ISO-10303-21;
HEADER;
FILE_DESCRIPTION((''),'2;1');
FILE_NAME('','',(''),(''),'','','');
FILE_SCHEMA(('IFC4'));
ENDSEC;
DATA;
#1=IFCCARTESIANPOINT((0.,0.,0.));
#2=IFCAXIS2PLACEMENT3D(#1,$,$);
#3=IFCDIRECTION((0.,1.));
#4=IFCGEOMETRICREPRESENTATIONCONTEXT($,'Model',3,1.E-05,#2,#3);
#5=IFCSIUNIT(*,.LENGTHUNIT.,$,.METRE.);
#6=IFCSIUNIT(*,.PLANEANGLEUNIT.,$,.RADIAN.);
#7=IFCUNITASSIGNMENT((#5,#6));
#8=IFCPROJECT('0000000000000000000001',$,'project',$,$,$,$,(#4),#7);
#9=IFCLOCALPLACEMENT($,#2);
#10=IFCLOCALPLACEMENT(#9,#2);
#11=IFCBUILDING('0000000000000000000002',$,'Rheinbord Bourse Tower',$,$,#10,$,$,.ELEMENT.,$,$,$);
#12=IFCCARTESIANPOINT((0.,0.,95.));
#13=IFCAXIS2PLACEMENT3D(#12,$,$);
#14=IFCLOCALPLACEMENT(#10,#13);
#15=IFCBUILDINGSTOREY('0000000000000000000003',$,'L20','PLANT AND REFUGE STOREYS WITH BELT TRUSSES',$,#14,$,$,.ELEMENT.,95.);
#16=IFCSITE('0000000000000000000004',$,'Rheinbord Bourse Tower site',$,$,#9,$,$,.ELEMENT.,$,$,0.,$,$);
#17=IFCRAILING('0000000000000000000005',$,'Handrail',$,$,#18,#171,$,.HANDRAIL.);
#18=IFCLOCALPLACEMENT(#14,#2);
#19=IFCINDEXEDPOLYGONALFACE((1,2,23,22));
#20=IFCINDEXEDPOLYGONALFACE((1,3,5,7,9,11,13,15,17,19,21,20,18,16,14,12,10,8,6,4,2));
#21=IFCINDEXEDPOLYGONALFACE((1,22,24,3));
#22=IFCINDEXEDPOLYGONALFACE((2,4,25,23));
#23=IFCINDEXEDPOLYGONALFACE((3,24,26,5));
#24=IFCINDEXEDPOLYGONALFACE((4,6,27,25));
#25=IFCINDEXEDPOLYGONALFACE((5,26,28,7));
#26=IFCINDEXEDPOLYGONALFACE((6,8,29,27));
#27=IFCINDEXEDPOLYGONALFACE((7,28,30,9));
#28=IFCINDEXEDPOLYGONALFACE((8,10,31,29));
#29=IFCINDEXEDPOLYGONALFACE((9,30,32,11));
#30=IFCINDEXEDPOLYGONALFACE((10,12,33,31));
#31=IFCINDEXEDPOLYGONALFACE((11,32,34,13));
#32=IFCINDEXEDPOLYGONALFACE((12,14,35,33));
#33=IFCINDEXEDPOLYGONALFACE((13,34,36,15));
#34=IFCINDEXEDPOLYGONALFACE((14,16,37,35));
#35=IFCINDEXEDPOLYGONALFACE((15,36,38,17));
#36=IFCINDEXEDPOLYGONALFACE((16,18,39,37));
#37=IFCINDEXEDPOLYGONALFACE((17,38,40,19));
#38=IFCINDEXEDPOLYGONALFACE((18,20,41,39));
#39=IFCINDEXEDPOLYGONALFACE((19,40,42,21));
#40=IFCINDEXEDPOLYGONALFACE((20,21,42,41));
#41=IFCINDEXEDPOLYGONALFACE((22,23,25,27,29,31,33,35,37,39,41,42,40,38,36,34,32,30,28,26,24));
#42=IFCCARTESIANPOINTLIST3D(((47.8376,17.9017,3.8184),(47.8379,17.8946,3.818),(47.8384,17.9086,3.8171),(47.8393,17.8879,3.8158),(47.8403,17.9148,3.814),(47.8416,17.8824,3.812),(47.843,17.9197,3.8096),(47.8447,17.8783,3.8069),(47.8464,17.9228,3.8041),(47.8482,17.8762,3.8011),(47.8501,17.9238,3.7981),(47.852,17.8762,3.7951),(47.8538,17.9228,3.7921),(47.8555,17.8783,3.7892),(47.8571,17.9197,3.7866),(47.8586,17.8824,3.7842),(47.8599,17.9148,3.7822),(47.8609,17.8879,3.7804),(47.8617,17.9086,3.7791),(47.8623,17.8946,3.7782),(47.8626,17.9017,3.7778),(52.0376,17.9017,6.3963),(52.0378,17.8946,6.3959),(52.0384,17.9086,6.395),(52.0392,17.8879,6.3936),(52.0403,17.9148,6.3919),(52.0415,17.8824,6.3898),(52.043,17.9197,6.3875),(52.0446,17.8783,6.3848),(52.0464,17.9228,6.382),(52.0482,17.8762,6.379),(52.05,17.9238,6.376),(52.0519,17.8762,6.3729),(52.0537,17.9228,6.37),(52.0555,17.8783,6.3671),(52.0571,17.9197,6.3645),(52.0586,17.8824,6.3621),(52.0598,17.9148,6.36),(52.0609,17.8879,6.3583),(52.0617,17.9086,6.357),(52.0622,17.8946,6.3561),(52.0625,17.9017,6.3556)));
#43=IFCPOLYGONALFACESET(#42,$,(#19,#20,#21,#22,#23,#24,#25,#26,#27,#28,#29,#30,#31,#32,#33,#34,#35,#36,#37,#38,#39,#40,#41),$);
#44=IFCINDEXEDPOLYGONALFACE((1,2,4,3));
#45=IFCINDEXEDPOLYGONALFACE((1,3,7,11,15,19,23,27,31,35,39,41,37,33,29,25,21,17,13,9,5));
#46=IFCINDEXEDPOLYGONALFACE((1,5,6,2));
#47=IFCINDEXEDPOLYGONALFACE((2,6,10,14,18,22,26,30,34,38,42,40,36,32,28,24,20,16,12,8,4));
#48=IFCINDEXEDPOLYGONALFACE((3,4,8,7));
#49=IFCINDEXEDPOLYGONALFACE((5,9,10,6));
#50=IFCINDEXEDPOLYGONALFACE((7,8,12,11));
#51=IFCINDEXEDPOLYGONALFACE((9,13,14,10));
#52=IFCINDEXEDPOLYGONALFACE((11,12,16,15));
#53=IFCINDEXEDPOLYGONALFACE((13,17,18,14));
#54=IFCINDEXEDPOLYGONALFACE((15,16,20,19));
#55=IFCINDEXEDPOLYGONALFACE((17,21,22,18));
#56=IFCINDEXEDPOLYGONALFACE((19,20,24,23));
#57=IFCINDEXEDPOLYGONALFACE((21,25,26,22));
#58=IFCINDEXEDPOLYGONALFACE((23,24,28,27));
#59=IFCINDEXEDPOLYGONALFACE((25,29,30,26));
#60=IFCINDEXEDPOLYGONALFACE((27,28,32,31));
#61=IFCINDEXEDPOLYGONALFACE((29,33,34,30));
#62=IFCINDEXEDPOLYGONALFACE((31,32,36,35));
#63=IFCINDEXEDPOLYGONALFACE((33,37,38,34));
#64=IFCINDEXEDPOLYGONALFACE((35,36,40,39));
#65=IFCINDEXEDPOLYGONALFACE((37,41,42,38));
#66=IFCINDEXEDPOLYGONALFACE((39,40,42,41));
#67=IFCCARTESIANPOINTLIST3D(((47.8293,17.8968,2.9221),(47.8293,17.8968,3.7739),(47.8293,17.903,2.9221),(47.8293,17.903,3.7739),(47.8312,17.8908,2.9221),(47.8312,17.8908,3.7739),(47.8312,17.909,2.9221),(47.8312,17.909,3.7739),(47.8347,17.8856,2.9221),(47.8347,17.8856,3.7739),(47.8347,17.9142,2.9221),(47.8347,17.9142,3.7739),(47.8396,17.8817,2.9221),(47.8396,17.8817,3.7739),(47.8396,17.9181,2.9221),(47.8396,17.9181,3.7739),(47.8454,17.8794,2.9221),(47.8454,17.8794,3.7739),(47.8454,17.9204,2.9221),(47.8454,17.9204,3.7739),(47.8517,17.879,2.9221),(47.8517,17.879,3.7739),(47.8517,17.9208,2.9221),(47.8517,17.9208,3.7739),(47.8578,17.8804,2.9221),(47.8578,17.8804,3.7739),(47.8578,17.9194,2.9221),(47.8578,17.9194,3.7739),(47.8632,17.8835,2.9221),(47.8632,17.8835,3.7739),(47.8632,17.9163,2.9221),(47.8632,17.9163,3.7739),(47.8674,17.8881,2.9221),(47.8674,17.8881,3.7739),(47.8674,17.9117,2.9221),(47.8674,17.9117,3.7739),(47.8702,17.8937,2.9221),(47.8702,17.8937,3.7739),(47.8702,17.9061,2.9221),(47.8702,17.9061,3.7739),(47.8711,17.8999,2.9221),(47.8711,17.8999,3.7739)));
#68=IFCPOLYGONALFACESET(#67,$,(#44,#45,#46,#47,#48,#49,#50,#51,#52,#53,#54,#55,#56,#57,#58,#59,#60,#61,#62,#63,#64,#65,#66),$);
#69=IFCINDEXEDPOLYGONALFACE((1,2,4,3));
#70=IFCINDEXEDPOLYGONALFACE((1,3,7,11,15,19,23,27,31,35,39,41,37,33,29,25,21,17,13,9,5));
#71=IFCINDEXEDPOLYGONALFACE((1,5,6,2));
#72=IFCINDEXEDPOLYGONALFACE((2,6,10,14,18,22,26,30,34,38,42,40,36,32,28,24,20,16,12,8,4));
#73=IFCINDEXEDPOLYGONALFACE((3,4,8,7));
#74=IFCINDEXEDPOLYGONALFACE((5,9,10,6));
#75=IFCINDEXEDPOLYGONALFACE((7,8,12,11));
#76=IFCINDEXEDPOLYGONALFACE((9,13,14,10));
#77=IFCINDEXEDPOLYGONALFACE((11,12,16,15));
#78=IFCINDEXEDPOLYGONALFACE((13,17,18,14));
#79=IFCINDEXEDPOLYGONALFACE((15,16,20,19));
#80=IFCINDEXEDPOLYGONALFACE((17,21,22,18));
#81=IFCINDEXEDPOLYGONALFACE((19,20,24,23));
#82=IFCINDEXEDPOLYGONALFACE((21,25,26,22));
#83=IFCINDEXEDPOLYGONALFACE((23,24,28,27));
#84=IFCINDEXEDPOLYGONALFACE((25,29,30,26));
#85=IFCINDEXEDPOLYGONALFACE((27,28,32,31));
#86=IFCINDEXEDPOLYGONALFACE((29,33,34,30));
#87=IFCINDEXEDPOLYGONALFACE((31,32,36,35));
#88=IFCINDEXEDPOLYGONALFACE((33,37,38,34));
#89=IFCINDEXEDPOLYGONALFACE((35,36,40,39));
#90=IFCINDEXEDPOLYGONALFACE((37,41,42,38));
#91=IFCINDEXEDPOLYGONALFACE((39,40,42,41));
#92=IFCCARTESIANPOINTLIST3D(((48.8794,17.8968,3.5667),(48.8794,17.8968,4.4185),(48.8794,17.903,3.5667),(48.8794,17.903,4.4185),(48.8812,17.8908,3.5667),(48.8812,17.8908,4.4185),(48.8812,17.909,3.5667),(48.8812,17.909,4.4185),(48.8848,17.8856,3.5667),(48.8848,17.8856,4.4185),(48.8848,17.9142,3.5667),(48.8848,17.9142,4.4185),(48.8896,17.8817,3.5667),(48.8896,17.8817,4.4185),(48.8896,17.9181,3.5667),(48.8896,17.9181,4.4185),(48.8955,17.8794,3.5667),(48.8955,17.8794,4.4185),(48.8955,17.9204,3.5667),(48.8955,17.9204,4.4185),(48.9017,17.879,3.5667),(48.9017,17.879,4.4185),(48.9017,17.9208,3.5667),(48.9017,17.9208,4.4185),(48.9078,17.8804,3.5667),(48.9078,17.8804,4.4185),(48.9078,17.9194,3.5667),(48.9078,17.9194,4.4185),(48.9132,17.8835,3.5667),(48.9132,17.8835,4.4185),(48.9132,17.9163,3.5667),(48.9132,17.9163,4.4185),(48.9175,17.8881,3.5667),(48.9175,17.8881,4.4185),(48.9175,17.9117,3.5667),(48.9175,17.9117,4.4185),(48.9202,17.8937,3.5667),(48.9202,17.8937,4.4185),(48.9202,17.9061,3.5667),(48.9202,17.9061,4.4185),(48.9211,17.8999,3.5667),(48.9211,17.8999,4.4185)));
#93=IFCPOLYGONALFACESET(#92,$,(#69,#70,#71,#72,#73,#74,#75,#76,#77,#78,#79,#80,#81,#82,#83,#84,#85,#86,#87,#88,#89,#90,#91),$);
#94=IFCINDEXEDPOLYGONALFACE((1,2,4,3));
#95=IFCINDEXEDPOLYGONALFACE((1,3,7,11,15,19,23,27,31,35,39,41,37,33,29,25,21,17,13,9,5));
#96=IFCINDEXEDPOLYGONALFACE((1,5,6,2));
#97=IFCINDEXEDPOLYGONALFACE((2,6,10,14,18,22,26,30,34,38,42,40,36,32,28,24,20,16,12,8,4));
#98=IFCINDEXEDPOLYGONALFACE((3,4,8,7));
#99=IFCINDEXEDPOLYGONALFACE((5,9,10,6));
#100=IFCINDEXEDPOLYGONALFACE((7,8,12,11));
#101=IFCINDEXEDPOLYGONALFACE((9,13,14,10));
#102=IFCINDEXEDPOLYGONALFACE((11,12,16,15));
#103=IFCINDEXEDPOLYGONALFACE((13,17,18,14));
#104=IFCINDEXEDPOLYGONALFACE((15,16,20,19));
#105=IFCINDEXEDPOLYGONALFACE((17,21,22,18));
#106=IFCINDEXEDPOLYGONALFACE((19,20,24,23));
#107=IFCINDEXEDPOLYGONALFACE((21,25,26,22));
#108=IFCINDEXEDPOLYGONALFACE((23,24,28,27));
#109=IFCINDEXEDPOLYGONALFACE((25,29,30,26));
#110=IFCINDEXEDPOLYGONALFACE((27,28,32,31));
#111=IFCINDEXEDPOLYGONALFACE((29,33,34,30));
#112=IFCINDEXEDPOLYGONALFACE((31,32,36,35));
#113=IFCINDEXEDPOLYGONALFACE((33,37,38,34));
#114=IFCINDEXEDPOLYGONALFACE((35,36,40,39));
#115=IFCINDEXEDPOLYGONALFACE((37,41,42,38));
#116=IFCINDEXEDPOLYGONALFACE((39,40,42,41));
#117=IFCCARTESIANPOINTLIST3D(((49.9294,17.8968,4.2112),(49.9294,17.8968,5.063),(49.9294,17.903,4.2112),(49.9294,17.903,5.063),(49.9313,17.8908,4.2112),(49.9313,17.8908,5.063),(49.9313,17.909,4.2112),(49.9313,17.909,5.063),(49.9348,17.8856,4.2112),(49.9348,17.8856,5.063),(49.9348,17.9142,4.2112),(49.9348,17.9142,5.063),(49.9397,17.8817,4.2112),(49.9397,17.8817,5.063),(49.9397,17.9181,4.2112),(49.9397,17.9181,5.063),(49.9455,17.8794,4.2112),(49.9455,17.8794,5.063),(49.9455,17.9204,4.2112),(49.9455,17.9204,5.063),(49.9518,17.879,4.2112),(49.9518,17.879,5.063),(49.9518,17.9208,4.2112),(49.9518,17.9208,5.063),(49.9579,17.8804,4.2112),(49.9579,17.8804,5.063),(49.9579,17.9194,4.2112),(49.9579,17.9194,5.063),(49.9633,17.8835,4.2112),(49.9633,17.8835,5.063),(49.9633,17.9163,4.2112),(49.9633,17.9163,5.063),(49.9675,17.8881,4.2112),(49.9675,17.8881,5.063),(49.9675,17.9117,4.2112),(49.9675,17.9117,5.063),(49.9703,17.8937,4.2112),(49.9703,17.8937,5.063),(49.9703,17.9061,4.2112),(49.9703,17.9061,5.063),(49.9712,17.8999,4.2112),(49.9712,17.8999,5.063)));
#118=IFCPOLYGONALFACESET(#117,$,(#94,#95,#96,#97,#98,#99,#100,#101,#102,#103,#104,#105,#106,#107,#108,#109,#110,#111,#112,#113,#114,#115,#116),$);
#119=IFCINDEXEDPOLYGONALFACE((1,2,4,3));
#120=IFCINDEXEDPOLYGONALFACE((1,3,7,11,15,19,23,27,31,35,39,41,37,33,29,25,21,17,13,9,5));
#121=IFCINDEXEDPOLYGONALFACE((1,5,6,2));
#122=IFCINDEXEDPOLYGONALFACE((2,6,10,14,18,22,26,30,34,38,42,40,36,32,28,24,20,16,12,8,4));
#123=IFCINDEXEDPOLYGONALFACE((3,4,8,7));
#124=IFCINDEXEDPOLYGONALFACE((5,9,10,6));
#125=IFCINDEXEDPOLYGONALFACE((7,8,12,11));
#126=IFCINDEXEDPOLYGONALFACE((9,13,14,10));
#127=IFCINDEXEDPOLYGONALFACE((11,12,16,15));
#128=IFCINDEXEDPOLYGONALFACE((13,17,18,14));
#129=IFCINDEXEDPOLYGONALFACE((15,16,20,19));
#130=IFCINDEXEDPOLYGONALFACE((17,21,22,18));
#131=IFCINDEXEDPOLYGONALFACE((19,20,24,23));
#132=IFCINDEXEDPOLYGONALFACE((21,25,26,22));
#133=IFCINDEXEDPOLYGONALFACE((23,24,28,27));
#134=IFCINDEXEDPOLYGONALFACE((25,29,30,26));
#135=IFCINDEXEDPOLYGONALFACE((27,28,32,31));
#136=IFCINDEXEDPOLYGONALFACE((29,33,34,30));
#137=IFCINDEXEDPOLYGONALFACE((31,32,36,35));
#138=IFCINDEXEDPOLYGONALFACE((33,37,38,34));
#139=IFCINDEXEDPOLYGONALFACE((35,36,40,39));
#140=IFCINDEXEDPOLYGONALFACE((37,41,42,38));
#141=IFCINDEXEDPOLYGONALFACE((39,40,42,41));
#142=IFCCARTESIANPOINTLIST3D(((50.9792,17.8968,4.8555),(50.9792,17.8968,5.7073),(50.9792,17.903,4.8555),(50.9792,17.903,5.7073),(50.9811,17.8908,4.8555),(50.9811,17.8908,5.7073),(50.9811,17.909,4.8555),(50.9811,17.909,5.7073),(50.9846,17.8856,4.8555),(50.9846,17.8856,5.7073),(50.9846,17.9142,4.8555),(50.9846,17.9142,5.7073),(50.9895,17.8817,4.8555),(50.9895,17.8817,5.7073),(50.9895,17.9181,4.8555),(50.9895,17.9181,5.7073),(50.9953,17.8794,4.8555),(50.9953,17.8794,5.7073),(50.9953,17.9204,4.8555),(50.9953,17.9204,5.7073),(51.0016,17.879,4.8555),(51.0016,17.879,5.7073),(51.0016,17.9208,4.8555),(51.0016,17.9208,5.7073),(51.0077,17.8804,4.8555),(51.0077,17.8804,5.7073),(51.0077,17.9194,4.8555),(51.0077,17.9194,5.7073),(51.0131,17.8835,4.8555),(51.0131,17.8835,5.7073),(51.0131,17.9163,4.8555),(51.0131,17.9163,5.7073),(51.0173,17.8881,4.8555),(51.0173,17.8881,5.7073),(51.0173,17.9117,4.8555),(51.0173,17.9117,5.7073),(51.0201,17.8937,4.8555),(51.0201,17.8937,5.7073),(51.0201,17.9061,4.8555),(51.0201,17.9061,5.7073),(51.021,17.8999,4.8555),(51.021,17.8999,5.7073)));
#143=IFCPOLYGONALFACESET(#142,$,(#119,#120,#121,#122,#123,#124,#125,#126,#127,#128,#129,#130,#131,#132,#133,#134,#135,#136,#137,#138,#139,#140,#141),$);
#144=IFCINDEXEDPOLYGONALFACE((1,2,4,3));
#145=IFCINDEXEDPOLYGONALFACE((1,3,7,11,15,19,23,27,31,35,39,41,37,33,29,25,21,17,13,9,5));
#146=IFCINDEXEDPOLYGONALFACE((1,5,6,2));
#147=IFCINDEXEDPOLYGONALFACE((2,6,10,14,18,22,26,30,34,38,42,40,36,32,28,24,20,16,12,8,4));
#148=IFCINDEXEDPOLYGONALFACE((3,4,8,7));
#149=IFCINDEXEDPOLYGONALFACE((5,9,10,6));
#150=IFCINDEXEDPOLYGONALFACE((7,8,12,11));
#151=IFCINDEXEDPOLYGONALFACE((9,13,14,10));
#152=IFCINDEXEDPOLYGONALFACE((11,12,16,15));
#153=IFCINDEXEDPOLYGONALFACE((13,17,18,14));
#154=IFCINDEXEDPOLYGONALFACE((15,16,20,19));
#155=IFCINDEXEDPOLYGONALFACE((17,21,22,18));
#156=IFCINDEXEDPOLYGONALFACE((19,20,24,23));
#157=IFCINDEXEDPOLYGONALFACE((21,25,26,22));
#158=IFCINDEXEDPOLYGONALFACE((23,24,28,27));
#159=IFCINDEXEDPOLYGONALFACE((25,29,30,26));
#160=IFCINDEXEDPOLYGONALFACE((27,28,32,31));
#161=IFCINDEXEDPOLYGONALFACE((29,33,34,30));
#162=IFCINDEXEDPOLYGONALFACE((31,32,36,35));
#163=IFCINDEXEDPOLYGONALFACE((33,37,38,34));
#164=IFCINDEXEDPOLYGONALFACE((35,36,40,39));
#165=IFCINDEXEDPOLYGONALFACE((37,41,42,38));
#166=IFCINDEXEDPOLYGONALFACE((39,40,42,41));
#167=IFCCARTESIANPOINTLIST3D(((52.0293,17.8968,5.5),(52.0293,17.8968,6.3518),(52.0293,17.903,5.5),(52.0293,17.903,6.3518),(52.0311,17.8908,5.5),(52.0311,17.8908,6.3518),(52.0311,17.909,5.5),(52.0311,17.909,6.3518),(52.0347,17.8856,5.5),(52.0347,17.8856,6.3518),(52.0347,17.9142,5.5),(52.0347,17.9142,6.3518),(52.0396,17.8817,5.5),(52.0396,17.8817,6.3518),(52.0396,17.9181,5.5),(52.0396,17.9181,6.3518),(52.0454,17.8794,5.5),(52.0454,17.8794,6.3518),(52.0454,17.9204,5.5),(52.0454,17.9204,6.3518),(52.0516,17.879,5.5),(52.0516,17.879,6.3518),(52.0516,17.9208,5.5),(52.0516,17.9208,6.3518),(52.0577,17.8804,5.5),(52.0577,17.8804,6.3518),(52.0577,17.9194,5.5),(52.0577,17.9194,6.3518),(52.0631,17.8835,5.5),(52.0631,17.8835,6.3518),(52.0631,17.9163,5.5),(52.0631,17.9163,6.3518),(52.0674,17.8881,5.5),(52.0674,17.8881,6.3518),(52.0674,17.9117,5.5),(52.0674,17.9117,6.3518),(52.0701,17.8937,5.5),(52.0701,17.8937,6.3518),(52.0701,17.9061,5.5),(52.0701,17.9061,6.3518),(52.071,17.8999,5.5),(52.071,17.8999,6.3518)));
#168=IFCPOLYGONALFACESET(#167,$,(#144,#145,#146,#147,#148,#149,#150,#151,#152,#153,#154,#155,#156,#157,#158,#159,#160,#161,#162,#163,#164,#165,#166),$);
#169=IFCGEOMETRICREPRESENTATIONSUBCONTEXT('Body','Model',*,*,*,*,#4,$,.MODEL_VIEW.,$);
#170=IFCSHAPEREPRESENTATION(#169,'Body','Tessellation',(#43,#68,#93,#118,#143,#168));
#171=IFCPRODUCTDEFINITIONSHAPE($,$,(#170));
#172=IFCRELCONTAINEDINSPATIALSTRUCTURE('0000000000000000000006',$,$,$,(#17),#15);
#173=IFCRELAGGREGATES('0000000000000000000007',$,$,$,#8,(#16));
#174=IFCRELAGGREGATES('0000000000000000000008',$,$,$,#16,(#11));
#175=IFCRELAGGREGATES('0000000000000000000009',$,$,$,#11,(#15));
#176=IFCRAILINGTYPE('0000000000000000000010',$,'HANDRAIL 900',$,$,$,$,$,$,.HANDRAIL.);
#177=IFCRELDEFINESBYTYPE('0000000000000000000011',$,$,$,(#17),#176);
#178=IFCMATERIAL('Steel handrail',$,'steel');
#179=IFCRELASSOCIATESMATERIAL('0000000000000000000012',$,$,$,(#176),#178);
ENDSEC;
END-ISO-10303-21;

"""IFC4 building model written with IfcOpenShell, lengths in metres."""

from ifc_helpers import new_model, si_unit, direction, frame, origin, origin_2d, place, context, subcontext, project, spatial, circle, extrude, material, type_object, element, save


model = new_model("IFC4")

# Units and contexts
model_context = context("Model", 3, precision=1e-05, world=origin(), true_north=direction((0.0, 1.0)))
body_context = subcontext(model_context, "Body", "Model", "MODEL_VIEW")
ifc_project = project(units=[si_unit("LENGTHUNIT", "METRE"), si_unit("PLANEANGLEUNIT", "RADIAN")], contexts=[model_context])

# Site, building, storey
site_placement = place(None, origin())
site = spatial("IfcSite", under=ifc_project, at=site_placement, Name="Rheinbord Bourse Tower site", CompositionType="ELEMENT", RefElevation=0.0)
building_placement = place(site_placement, origin())
building = spatial("IfcBuilding", under=site, at=building_placement, Name="Rheinbord Bourse Tower", CompositionType="ELEMENT")
storey_placement = place(building_placement, frame((0.0, 0.0, 95.0)))
storey = spatial("IfcBuildingStorey", under=building, at=storey_placement, Name="L20", Description="PLANT AND REFUGE STOREYS WITH BELT TRUSSES", CompositionType="ELEMENT", Elevation=95.0)

# Railing
ifc_material_1 = material(Name="Steel handrail", Category="steel")
railing_type = type_object("IfcRailingType", Name="HANDRAIL 900", PredefinedType="HANDRAIL", material=ifc_material_1)
railing_placement = place(storey_placement, frame((47.8501, 17.8999, 2.9221)))
element("IfcRailing", 1, at=railing_placement, inside=storey, type_object=railing_type, Name="Handrail", PredefinedType="HANDRAIL", context=body_context, shape_type="SweptSolid", body=[
    extrude(circle(Radius=0.0239, at=origin_2d()), frame((0.0, 0.0, 0.876), z_axis=(0.852265, 0.0, 0.52311), x_axis=(0.0, 1.0, 0.0)), (0.0, 0.0, 1.0), 4.928),
    extrude(circle(Radius=0.021, at=origin_2d()), origin(), (0.0, 0.0, 1.0), 0.8518),
    extrude(circle(Radius=0.021, at=origin_2d()), frame((1.05, 0.0, 0.6445)), (0.0, 0.0, 1.0), 0.8518),
    extrude(circle(Radius=0.021, at=origin_2d()), frame((2.1001, 0.0, 1.2891)), (0.0, 0.0, 1.0), 0.8518),
    extrude(circle(Radius=0.021, at=origin_2d()), frame((3.1499, 0.0, 1.9333)), (0.0, 0.0, 1.0), 0.8518),
    extrude(circle(Radius=0.021, at=origin_2d()), frame((4.2, 0.0, 2.5779)), (0.0, 0.0, 1.0), 0.8518),
])

save(model, "model.ifc")
